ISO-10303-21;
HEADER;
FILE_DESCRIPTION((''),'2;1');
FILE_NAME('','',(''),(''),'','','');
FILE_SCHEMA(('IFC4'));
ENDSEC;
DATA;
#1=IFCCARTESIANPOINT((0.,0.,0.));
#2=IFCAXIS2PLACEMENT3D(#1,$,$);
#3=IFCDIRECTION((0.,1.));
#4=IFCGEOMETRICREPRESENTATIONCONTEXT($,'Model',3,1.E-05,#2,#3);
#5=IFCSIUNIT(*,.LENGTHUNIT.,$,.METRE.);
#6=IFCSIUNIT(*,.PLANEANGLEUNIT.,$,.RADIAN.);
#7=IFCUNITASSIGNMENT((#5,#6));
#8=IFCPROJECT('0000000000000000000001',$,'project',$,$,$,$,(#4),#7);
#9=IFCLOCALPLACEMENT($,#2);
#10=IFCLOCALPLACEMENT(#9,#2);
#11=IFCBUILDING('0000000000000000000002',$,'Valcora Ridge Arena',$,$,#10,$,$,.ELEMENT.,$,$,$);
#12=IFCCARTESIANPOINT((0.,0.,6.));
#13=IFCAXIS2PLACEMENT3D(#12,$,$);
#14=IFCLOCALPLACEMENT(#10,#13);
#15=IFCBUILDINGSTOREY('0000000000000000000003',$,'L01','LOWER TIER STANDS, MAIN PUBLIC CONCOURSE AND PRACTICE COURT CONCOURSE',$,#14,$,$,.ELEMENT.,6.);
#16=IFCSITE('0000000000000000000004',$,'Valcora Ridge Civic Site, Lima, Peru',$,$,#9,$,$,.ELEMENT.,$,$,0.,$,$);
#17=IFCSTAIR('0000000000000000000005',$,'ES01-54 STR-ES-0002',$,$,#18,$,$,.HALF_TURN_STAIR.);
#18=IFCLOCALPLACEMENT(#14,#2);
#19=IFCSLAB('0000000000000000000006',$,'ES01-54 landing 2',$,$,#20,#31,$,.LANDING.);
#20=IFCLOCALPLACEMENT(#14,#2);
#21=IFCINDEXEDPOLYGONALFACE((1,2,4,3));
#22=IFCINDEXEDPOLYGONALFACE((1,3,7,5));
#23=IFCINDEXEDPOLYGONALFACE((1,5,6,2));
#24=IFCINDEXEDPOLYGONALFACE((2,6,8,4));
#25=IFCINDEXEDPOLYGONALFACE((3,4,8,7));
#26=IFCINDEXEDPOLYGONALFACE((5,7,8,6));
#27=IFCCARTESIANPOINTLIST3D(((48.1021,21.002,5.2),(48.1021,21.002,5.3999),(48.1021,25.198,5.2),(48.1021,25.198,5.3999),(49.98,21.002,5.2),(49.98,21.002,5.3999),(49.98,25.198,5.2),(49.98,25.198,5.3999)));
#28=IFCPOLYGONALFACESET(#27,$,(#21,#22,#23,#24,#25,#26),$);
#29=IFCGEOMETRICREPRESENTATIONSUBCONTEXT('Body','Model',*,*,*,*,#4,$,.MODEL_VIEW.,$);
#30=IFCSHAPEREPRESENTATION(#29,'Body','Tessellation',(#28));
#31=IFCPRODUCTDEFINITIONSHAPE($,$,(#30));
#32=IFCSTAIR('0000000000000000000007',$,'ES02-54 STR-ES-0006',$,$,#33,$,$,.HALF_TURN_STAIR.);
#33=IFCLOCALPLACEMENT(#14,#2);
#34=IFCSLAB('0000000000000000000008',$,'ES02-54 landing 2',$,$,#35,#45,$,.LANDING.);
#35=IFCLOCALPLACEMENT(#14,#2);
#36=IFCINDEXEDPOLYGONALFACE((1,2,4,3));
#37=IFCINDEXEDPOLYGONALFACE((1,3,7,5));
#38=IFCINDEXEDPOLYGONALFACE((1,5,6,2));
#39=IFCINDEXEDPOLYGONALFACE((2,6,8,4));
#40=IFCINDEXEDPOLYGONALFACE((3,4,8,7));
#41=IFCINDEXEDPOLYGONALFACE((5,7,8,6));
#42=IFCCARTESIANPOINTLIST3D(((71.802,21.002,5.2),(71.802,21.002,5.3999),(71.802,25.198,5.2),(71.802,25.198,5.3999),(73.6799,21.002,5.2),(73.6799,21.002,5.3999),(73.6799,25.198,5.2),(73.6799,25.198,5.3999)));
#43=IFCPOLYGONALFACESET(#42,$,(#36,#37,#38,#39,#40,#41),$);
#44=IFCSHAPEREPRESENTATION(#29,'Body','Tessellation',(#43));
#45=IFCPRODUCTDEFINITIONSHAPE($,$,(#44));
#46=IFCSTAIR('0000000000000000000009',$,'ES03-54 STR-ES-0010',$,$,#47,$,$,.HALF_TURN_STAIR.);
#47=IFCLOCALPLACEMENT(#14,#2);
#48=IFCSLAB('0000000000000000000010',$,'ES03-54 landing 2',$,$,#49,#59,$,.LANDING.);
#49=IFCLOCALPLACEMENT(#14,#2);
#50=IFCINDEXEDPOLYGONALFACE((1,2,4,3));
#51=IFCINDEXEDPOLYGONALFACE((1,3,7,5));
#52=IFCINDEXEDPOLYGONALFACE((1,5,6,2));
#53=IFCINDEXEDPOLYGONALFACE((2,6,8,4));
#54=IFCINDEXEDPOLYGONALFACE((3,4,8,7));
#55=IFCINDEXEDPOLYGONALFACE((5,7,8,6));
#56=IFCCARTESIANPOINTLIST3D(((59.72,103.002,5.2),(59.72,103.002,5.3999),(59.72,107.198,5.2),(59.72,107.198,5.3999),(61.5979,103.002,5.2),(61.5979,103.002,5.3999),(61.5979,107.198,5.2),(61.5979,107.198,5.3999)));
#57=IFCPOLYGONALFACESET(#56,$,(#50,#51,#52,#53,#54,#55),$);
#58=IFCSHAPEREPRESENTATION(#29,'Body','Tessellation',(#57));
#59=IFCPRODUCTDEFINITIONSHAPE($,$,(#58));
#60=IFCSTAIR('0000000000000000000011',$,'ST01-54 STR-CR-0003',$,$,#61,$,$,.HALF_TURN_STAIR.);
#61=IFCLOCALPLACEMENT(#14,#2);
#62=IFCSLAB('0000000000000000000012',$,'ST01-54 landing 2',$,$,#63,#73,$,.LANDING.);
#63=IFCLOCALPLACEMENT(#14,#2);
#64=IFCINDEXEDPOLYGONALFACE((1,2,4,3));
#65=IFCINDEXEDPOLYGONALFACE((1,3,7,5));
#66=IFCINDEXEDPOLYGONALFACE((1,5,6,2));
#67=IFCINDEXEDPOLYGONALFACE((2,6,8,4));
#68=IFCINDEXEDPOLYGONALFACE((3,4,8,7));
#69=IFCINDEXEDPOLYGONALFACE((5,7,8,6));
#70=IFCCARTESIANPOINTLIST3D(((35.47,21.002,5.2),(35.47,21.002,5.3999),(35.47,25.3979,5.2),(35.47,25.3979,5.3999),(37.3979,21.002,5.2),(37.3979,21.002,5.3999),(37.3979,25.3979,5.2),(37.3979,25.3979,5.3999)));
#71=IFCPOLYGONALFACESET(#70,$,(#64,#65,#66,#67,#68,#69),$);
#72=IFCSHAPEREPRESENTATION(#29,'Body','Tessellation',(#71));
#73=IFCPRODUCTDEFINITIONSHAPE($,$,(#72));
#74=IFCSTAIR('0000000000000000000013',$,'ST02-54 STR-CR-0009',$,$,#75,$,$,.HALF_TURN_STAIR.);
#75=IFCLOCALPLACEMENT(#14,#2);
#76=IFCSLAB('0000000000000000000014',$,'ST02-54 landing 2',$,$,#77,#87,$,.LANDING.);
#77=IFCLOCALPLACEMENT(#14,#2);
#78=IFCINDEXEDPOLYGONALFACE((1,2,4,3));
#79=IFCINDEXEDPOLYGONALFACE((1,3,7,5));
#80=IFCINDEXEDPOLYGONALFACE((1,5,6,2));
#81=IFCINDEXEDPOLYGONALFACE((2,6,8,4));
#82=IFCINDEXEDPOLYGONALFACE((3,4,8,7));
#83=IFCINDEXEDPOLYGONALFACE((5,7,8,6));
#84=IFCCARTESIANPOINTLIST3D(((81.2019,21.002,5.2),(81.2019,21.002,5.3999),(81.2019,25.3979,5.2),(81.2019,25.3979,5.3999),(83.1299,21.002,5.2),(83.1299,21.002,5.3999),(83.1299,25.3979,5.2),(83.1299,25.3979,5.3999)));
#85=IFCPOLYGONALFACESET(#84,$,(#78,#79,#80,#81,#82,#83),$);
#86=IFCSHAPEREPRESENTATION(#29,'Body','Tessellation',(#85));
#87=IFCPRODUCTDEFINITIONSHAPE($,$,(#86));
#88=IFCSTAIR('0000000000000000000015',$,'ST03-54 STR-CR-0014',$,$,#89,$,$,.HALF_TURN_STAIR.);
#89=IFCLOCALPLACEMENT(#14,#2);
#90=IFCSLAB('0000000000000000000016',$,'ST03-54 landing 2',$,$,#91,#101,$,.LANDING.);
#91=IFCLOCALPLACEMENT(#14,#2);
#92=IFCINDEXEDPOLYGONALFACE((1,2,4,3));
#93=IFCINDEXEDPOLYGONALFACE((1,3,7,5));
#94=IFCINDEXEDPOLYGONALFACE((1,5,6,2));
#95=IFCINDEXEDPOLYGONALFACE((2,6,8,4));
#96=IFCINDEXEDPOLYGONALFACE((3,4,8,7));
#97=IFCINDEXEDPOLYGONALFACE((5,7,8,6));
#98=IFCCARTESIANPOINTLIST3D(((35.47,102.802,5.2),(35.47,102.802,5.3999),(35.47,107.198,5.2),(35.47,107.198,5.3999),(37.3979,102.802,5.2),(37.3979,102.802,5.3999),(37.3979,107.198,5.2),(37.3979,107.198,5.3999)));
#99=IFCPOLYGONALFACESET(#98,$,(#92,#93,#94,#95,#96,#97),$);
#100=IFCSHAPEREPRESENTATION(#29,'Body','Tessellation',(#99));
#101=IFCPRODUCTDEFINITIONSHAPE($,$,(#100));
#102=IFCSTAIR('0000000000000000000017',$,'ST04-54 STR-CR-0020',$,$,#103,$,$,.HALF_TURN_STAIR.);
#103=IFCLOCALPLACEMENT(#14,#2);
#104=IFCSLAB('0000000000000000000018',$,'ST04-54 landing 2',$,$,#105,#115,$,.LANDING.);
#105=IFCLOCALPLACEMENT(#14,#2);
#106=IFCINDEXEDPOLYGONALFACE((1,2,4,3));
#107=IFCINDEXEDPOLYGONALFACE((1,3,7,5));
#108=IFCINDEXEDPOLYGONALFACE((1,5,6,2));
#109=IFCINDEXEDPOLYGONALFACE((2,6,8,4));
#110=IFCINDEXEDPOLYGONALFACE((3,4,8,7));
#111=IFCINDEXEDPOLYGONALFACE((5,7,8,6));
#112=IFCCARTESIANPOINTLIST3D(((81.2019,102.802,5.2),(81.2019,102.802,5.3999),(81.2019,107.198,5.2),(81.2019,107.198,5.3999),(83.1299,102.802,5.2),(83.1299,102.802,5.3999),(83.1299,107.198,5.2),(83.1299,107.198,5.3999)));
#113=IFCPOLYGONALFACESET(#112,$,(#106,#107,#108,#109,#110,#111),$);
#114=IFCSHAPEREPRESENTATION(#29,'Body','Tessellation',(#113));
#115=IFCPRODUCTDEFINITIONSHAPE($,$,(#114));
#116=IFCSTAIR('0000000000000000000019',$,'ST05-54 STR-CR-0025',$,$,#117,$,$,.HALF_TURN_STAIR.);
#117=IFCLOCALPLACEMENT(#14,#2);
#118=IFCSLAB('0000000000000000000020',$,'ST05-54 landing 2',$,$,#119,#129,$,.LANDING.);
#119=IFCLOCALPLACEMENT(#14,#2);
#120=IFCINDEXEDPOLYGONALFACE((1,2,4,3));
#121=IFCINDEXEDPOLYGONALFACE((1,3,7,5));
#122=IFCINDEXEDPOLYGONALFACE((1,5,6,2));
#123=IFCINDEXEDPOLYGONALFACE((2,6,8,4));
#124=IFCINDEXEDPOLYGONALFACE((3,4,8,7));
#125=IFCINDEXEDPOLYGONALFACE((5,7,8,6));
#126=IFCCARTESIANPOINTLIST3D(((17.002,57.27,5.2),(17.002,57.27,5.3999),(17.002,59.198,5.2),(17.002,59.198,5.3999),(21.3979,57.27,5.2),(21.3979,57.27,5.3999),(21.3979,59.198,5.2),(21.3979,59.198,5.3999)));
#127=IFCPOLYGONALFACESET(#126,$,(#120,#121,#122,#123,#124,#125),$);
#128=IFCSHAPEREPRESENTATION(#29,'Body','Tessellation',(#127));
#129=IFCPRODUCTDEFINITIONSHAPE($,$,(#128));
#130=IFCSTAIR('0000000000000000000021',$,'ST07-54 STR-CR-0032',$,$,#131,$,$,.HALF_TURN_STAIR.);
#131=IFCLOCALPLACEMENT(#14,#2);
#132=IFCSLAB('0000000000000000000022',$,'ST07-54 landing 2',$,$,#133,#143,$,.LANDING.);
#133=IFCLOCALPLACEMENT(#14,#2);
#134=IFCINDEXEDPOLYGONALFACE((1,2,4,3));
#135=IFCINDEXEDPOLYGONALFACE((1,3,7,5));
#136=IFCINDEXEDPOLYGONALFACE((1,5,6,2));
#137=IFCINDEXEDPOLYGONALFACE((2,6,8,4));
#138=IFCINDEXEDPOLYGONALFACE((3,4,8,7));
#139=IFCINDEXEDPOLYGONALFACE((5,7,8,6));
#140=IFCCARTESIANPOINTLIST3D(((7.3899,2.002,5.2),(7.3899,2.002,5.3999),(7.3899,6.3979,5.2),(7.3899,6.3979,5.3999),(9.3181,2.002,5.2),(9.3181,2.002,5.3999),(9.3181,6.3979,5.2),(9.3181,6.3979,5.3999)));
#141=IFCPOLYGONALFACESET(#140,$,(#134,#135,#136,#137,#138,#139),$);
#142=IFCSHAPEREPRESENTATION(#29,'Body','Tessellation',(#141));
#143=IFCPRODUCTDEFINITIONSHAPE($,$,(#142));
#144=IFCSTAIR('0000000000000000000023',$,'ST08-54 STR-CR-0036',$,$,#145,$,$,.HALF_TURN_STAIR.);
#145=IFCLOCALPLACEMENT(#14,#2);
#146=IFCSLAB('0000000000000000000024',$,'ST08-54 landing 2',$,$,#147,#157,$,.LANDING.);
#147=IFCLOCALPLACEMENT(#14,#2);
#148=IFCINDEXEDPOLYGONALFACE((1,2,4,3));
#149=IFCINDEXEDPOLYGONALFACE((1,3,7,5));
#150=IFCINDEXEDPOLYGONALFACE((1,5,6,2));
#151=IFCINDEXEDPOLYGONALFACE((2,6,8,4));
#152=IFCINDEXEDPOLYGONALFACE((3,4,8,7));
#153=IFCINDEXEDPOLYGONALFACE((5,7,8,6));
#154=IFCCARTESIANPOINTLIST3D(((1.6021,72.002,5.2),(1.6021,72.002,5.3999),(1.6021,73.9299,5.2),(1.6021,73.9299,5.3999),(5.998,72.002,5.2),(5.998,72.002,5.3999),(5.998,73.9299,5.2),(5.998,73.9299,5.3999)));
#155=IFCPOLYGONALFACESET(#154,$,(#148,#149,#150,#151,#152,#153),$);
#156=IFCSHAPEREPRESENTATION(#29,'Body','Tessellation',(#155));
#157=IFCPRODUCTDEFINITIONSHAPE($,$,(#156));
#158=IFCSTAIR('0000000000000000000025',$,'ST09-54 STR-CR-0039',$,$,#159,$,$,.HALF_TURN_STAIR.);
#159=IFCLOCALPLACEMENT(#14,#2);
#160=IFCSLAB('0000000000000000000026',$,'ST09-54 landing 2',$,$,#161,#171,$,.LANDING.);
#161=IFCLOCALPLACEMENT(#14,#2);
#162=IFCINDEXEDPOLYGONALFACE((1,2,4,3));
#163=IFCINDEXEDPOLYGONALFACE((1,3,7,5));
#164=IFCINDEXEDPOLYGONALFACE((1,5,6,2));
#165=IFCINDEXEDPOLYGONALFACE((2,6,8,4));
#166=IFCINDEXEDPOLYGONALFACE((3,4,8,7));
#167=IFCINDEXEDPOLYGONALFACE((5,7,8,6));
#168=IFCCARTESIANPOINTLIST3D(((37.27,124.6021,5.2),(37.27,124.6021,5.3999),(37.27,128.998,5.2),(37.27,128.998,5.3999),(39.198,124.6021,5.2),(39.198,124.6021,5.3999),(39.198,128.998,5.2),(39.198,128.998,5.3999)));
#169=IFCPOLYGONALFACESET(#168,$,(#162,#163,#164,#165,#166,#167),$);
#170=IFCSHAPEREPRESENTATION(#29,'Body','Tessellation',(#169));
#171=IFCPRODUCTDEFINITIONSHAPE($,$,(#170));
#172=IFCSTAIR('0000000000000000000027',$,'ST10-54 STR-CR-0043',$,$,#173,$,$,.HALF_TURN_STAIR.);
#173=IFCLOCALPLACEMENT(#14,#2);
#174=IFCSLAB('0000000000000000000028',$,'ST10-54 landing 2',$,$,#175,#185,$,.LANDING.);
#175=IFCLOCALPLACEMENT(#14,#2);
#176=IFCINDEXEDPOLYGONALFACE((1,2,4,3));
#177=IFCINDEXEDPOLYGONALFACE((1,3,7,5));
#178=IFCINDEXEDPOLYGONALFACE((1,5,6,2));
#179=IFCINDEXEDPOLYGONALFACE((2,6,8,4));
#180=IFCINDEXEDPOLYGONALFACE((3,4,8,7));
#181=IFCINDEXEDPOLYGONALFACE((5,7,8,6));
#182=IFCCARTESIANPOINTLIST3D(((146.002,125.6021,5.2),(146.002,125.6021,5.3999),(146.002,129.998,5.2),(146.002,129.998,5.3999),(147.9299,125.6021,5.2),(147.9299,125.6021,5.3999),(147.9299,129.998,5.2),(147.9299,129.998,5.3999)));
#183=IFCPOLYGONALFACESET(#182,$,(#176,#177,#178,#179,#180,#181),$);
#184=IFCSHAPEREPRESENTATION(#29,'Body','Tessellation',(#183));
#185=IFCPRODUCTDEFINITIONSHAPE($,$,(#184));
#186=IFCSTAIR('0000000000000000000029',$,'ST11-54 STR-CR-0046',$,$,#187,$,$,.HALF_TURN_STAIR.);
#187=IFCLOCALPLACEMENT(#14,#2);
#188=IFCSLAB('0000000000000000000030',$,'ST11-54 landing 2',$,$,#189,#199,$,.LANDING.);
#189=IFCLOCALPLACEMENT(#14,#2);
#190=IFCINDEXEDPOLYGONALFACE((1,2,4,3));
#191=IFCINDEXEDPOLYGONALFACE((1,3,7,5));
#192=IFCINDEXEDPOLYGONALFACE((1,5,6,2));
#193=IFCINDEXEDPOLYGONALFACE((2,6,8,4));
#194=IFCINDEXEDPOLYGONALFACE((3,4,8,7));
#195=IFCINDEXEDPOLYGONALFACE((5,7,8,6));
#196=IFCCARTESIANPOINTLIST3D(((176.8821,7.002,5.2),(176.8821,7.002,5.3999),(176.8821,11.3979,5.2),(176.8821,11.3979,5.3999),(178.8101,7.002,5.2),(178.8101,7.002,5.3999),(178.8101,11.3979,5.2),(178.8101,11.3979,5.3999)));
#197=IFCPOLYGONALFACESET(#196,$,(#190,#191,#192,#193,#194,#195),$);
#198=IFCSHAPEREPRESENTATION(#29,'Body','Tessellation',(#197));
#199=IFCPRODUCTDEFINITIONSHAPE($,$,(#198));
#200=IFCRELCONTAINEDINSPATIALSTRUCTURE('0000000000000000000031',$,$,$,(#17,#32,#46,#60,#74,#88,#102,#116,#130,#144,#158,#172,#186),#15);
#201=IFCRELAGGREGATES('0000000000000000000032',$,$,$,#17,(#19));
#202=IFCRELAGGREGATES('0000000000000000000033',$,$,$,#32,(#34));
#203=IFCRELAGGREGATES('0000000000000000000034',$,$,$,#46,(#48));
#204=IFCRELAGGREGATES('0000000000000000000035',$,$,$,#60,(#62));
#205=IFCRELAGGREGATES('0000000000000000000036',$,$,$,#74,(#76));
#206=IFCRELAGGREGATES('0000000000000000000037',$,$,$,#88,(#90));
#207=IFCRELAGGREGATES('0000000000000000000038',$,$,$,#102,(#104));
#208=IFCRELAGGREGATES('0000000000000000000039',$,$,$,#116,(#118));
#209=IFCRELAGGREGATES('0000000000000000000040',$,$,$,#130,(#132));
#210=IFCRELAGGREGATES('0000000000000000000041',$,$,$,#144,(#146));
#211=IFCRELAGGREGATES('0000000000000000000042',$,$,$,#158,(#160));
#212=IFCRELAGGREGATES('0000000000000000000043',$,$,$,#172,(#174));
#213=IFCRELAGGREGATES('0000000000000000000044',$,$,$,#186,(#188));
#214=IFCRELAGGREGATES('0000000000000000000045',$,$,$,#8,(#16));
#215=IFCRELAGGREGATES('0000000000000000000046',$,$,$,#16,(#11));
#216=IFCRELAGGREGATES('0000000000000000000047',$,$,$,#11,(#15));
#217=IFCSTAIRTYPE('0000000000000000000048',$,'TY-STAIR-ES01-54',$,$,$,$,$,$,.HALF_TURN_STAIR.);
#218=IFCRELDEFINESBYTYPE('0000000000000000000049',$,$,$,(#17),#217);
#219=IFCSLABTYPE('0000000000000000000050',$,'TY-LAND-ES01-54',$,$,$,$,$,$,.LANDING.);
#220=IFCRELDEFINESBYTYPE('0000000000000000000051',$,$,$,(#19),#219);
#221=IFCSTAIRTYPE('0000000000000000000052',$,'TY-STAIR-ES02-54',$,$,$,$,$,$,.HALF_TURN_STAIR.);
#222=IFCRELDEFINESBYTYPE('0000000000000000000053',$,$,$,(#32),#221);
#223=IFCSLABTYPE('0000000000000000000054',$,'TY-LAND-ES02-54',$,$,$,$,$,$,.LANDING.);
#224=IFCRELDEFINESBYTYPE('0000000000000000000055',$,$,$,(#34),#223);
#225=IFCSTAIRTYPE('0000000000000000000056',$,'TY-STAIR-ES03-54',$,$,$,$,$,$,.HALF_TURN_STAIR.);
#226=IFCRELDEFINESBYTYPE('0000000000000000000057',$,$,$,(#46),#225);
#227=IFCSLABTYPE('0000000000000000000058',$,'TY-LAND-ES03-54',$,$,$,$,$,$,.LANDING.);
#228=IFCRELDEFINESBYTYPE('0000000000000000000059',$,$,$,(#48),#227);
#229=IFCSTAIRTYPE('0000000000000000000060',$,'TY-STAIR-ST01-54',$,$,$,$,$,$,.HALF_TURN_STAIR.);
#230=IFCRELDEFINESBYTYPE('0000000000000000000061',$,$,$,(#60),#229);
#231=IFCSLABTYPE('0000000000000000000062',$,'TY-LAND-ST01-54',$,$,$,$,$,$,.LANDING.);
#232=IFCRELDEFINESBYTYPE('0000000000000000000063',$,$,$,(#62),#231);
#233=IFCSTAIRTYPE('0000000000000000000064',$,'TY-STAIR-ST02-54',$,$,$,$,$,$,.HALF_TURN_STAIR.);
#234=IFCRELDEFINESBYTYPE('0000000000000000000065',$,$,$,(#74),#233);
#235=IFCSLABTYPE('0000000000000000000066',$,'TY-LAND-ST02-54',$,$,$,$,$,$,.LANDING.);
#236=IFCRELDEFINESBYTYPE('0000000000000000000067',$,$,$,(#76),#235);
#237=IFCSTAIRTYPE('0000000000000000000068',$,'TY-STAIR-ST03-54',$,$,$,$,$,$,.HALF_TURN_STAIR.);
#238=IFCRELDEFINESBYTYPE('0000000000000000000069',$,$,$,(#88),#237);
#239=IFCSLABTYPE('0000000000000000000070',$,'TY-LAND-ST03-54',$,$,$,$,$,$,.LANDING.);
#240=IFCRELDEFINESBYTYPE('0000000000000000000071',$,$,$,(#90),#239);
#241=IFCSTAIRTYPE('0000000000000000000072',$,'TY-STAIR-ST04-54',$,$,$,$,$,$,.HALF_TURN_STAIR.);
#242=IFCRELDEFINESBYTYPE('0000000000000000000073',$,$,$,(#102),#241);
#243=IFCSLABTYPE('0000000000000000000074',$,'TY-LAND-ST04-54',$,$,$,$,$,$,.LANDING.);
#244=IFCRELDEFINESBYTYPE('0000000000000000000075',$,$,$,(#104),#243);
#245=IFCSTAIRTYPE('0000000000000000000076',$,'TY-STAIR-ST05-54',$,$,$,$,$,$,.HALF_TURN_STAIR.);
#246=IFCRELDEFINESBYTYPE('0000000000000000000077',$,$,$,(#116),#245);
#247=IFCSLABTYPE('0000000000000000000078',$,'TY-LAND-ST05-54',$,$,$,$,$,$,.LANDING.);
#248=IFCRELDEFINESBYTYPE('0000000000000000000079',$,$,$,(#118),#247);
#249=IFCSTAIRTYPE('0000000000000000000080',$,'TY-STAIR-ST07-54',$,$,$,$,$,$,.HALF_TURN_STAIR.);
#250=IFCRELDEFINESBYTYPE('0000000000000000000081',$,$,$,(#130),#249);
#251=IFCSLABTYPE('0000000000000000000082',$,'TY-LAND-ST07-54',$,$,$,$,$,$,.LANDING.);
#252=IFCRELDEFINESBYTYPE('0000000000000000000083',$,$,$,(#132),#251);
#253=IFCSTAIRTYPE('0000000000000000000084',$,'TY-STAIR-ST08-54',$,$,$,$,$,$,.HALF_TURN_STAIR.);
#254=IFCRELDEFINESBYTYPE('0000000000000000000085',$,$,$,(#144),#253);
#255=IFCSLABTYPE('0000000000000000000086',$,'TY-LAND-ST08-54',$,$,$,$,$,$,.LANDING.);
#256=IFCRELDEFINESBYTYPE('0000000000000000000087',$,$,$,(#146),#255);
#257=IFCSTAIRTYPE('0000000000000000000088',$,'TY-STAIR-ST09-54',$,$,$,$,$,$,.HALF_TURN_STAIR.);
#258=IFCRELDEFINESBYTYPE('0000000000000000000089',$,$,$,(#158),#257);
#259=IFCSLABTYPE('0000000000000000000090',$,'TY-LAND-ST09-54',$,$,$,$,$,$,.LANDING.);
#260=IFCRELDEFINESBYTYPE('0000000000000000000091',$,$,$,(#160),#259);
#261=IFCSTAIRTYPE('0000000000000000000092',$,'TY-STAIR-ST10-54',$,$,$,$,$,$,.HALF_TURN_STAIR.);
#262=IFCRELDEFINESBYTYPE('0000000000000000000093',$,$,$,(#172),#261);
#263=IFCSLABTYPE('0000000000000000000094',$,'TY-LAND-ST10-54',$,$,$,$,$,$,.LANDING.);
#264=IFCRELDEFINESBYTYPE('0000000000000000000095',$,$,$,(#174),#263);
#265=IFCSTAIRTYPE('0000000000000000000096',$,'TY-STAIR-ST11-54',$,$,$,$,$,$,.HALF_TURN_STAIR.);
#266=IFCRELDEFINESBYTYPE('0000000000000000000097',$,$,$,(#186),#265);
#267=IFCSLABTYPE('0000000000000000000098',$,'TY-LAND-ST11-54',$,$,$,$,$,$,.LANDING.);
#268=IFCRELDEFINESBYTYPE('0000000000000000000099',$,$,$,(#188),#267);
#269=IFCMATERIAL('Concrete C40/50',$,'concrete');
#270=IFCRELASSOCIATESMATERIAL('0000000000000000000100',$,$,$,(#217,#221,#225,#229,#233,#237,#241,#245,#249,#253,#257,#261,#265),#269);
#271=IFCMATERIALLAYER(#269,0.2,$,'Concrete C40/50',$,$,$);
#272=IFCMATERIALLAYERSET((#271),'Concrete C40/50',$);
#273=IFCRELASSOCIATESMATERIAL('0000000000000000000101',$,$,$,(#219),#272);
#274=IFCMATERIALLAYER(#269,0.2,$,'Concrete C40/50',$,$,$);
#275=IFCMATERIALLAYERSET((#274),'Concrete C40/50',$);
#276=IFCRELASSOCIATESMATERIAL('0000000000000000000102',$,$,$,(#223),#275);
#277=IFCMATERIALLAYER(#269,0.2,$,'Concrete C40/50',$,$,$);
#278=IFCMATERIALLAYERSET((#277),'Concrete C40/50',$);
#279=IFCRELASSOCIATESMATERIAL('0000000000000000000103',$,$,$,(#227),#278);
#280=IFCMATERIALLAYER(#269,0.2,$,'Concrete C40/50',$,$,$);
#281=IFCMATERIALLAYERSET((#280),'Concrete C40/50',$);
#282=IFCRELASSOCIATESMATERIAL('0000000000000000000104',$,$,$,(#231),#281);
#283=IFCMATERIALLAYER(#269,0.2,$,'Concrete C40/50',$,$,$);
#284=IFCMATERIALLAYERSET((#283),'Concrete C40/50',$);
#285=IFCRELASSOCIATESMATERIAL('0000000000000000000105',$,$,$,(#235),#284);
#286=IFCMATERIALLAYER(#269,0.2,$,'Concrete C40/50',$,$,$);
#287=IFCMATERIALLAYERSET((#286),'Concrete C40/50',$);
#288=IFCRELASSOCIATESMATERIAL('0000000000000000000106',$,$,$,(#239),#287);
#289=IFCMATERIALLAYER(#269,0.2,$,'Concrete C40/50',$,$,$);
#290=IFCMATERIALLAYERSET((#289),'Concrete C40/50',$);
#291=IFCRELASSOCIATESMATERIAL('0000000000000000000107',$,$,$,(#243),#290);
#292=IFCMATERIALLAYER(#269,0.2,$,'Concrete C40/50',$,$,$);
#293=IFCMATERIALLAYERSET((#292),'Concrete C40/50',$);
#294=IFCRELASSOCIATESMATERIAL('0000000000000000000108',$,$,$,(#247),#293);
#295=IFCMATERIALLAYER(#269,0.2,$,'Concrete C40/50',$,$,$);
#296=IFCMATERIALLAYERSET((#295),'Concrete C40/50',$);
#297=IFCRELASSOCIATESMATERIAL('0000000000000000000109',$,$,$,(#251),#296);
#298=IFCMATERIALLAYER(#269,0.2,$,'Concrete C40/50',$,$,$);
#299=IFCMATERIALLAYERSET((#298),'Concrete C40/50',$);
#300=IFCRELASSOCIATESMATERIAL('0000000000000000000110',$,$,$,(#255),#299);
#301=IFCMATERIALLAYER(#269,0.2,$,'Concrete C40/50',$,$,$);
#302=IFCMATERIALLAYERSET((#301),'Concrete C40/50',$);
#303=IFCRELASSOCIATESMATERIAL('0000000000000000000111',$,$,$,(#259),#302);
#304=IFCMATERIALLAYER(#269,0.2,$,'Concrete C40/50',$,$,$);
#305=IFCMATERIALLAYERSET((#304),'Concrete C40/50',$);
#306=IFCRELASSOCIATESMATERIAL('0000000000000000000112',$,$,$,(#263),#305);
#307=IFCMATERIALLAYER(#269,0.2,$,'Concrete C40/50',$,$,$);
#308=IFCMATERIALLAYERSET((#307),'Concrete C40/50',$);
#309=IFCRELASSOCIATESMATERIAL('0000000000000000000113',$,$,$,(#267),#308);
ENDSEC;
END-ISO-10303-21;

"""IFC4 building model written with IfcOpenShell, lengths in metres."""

from ifc_helpers import new_model, si_unit, direction, frame, origin, place, context, subcontext, project, spatial, polyline, outline, extrude, material, layer, layer_set, type_object, element, aggregate, save


model = new_model("IFC4")

# Units and contexts
model_context = context("Model", 3, precision=1e-05, world=origin(), true_north=direction((0.0, 1.0)))
body_context = subcontext(model_context, "Body", "Model", "MODEL_VIEW")
ifc_project = project(units=[si_unit("LENGTHUNIT", "METRE"), si_unit("PLANEANGLEUNIT", "RADIAN")], contexts=[model_context])

# Site, building, storey
site_placement = place(None, origin())
site = spatial("IfcSite", under=ifc_project, at=site_placement, Name="Valcora Ridge Civic Site, Lima, Peru", CompositionType="ELEMENT", RefElevation=0.0)
building_placement = place(site_placement, origin())
building = spatial("IfcBuilding", under=site, at=building_placement, Name="Valcora Ridge Arena", CompositionType="ELEMENT")
storey_placement = place(building_placement, frame((0.0, 0.0, 6.0)))
storey = spatial("IfcBuildingStorey", under=building, at=storey_placement, Name="L01", Description="LOWER TIER STANDS, MAIN PUBLIC CONCOURSE AND PRACTICE COURT CONCOURSE", CompositionType="ELEMENT", Elevation=6.0)

# Stairs, slabs
ifc_material_1 = material(Name="Concrete C40/50", Category="concrete")
stair_type_1 = type_object("IfcStairType", Name="TY-STAIR-ES01-54", PredefinedType="HALF_TURN_STAIR", material=ifc_material_1)
stair_1_placement = place(storey_placement, origin())
stair_1 = element("IfcStair", 1, at=stair_1_placement, inside=storey, type_object=stair_type_1, Name="ES01-54 STR-ES-0002", PredefinedType="HALF_TURN_STAIR")
ifc_layer_1 = layer(ifc_material_1, 0.2, Name="Concrete C40/50")
ifc_layer_set_1 = layer_set([ifc_layer_1], Name="Concrete C40/50")
slab_type_1 = type_object("IfcSlabType", Name="TY-LAND-ES01-54", PredefinedType="LANDING", material=ifc_layer_set_1)
slab_1_placement = place(storey_placement, frame((0.0, 0.0, 5.2)))
slab_1 = element("IfcSlab", 2, at=slab_1_placement, type_object=slab_type_1, Name="ES01-54 landing 2", PredefinedType="LANDING", context=body_context, shape_type="SweptSolid", body=[
    extrude(outline(polyline([(48.1021, 21.002), (49.98, 21.002), (49.98, 25.198), (48.1021, 25.198), (48.1021, 21.002)])), origin(), (0.0, 0.0, 1.0), 0.2),
])
aggregate(stair_1, [slab_1])
stair_type_2 = type_object("IfcStairType", Name="TY-STAIR-ES02-54", PredefinedType="HALF_TURN_STAIR", material=ifc_material_1)
stair_2_placement = place(storey_placement, origin())
stair_2 = element("IfcStair", 3, at=stair_2_placement, inside=storey, type_object=stair_type_2, Name="ES02-54 STR-ES-0006", PredefinedType="HALF_TURN_STAIR")
ifc_layer_2 = layer(ifc_material_1, 0.2, Name="Concrete C40/50")
ifc_layer_set_2 = layer_set([ifc_layer_2], Name="Concrete C40/50")
slab_type_2 = type_object("IfcSlabType", Name="TY-LAND-ES02-54", PredefinedType="LANDING", material=ifc_layer_set_2)
slab_2_placement = place(storey_placement, frame((0.0, 0.0, 5.2)))
slab_2 = element("IfcSlab", 4, at=slab_2_placement, type_object=slab_type_2, Name="ES02-54 landing 2", PredefinedType="LANDING", context=body_context, shape_type="SweptSolid", body=[
    extrude(outline(polyline([(71.802, 21.002), (73.6799, 21.002), (73.6799, 25.198), (71.802, 25.198), (71.802, 21.002)])), origin(), (0.0, 0.0, 1.0), 0.2),
])
aggregate(stair_2, [slab_2])
stair_type_3 = type_object("IfcStairType", Name="TY-STAIR-ES03-54", PredefinedType="HALF_TURN_STAIR", material=ifc_material_1)
stair_3_placement = place(storey_placement, origin())
stair_3 = element("IfcStair", 5, at=stair_3_placement, inside=storey, type_object=stair_type_3, Name="ES03-54 STR-ES-0010", PredefinedType="HALF_TURN_STAIR")
ifc_layer_3 = layer(ifc_material_1, 0.2, Name="Concrete C40/50")
ifc_layer_set_3 = layer_set([ifc_layer_3], Name="Concrete C40/50")
slab_type_3 = type_object("IfcSlabType", Name="TY-LAND-ES03-54", PredefinedType="LANDING", material=ifc_layer_set_3)
slab_3_placement = place(storey_placement, frame((0.0, 0.0, 5.2)))
slab_3 = element("IfcSlab", 6, at=slab_3_placement, type_object=slab_type_3, Name="ES03-54 landing 2", PredefinedType="LANDING", context=body_context, shape_type="SweptSolid", body=[
    extrude(outline(polyline([(59.72, 103.002), (61.5979, 103.002), (61.5979, 107.198), (59.72, 107.198), (59.72, 103.002)])), origin(), (0.0, 0.0, 1.0), 0.2),
])
aggregate(stair_3, [slab_3])
stair_type_4 = type_object("IfcStairType", Name="TY-STAIR-ST01-54", PredefinedType="HALF_TURN_STAIR", material=ifc_material_1)
stair_4_placement = place(storey_placement, origin())
stair_4 = element("IfcStair", 7, at=stair_4_placement, inside=storey, type_object=stair_type_4, Name="ST01-54 STR-CR-0003", PredefinedType="HALF_TURN_STAIR")
ifc_layer_4 = layer(ifc_material_1, 0.2, Name="Concrete C40/50")
ifc_layer_set_4 = layer_set([ifc_layer_4], Name="Concrete C40/50")
slab_type_4 = type_object("IfcSlabType", Name="TY-LAND-ST01-54", PredefinedType="LANDING", material=ifc_layer_set_4)
slab_4_placement = place(storey_placement, frame((0.0, 0.0, 5.2)))
slab_4 = element("IfcSlab", 8, at=slab_4_placement, type_object=slab_type_4, Name="ST01-54 landing 2", PredefinedType="LANDING", context=body_context, shape_type="SweptSolid", body=[
    extrude(outline(polyline([(35.47, 21.002), (37.3979, 21.002), (37.3979, 25.3979), (35.47, 25.3979), (35.47, 21.002)])), origin(), (0.0, 0.0, 1.0), 0.2),
])
aggregate(stair_4, [slab_4])
stair_type_5 = type_object("IfcStairType", Name="TY-STAIR-ST02-54", PredefinedType="HALF_TURN_STAIR", material=ifc_material_1)
stair_5_placement = place(storey_placement, origin())
stair_5 = element("IfcStair", 9, at=stair_5_placement, inside=storey, type_object=stair_type_5, Name="ST02-54 STR-CR-0009", PredefinedType="HALF_TURN_STAIR")
ifc_layer_5 = layer(ifc_material_1, 0.2, Name="Concrete C40/50")
ifc_layer_set_5 = layer_set([ifc_layer_5], Name="Concrete C40/50")
slab_type_5 = type_object("IfcSlabType", Name="TY-LAND-ST02-54", PredefinedType="LANDING", material=ifc_layer_set_5)
slab_5_placement = place(storey_placement, frame((0.0, 0.0, 5.2)))
slab_5 = element("IfcSlab", 10, at=slab_5_placement, type_object=slab_type_5, Name="ST02-54 landing 2", PredefinedType="LANDING", context=body_context, shape_type="SweptSolid", body=[
    extrude(outline(polyline([(81.2019, 21.002), (83.1299, 21.002), (83.1299, 25.3979), (81.2019, 25.3979), (81.2019, 21.002)])), origin(), (0.0, 0.0, 1.0), 0.2),
])
aggregate(stair_5, [slab_5])
stair_type_6 = type_object("IfcStairType", Name="TY-STAIR-ST03-54", PredefinedType="HALF_TURN_STAIR", material=ifc_material_1)
stair_6_placement = place(storey_placement, origin())
stair_6 = element("IfcStair", 11, at=stair_6_placement, inside=storey, type_object=stair_type_6, Name="ST03-54 STR-CR-0014", PredefinedType="HALF_TURN_STAIR")
ifc_layer_6 = layer(ifc_material_1, 0.2, Name="Concrete C40/50")
ifc_layer_set_6 = layer_set([ifc_layer_6], Name="Concrete C40/50")
slab_type_6 = type_object("IfcSlabType", Name="TY-LAND-ST03-54", PredefinedType="LANDING", material=ifc_layer_set_6)
slab_6_placement = place(storey_placement, frame((0.0, 0.0, 5.2)))
slab_6 = element("IfcSlab", 12, at=slab_6_placement, type_object=slab_type_6, Name="ST03-54 landing 2", PredefinedType="LANDING", context=body_context, shape_type="SweptSolid", body=[
    extrude(outline(polyline([(35.47, 102.802), (37.3979, 102.802), (37.3979, 107.198), (35.47, 107.198), (35.47, 102.802)])), origin(), (0.0, 0.0, 1.0), 0.2),
])
aggregate(stair_6, [slab_6])
stair_type_7 = type_object("IfcStairType", Name="TY-STAIR-ST04-54", PredefinedType="HALF_TURN_STAIR", material=ifc_material_1)
stair_7_placement = place(storey_placement, origin())
stair_7 = element("IfcStair", 13, at=stair_7_placement, inside=storey, type_object=stair_type_7, Name="ST04-54 STR-CR-0020", PredefinedType="HALF_TURN_STAIR")
ifc_layer_7 = layer(ifc_material_1, 0.2, Name="Concrete C40/50")
ifc_layer_set_7 = layer_set([ifc_layer_7], Name="Concrete C40/50")
slab_type_7 = type_object("IfcSlabType", Name="TY-LAND-ST04-54", PredefinedType="LANDING", material=ifc_layer_set_7)
slab_7_placement = place(storey_placement, frame((0.0, 0.0, 5.2)))
slab_7 = element("IfcSlab", 14, at=slab_7_placement, type_object=slab_type_7, Name="ST04-54 landing 2", PredefinedType="LANDING", context=body_context, shape_type="SweptSolid", body=[
    extrude(outline(polyline([(81.2019, 102.802), (83.1299, 102.802), (83.1299, 107.198), (81.2019, 107.198), (81.2019, 102.802)])), origin(), (0.0, 0.0, 1.0), 0.2),
])
aggregate(stair_7, [slab_7])
stair_type_8 = type_object("IfcStairType", Name="TY-STAIR-ST05-54", PredefinedType="HALF_TURN_STAIR", material=ifc_material_1)
stair_8_placement = place(storey_placement, origin())
stair_8 = element("IfcStair", 15, at=stair_8_placement, inside=storey, type_object=stair_type_8, Name="ST05-54 STR-CR-0025", PredefinedType="HALF_TURN_STAIR")
ifc_layer_8 = layer(ifc_material_1, 0.2, Name="Concrete C40/50")
ifc_layer_set_8 = layer_set([ifc_layer_8], Name="Concrete C40/50")
slab_type_8 = type_object("IfcSlabType", Name="TY-LAND-ST05-54", PredefinedType="LANDING", material=ifc_layer_set_8)
slab_8_placement = place(storey_placement, frame((0.0, 0.0, 5.2)))
slab_8 = element("IfcSlab", 16, at=slab_8_placement, type_object=slab_type_8, Name="ST05-54 landing 2", PredefinedType="LANDING", context=body_context, shape_type="SweptSolid", body=[
    extrude(outline(polyline([(17.002, 57.27), (21.3979, 57.27), (21.3979, 59.198), (17.002, 59.198), (17.002, 57.27)])), origin(), (0.0, 0.0, 1.0), 0.2),
])
aggregate(stair_8, [slab_8])
stair_type_9 = type_object("IfcStairType", Name="TY-STAIR-ST07-54", PredefinedType="HALF_TURN_STAIR", material=ifc_material_1)
stair_9_placement = place(storey_placement, origin())
stair_9 = element("IfcStair", 17, at=stair_9_placement, inside=storey, type_object=stair_type_9, Name="ST07-54 STR-CR-0032", PredefinedType="HALF_TURN_STAIR")
ifc_layer_9 = layer(ifc_material_1, 0.2, Name="Concrete C40/50")
ifc_layer_set_9 = layer_set([ifc_layer_9], Name="Concrete C40/50")
slab_type_9 = type_object("IfcSlabType", Name="TY-LAND-ST07-54", PredefinedType="LANDING", material=ifc_layer_set_9)
slab_9_placement = place(storey_placement, frame((0.0, 0.0, 5.2)))
slab_9 = element("IfcSlab", 18, at=slab_9_placement, type_object=slab_type_9, Name="ST07-54 landing 2", PredefinedType="LANDING", context=body_context, shape_type="SweptSolid", body=[
    extrude(outline(polyline([(7.3899, 2.002), (9.3181, 2.002), (9.3181, 6.3979), (7.3899, 6.3979), (7.3899, 2.002)])), origin(), (0.0, 0.0, 1.0), 0.2),
])
aggregate(stair_9, [slab_9])
stair_type_10 = type_object("IfcStairType", Name="TY-STAIR-ST08-54", PredefinedType="HALF_TURN_STAIR", material=ifc_material_1)
stair_10_placement = place(storey_placement, origin())
stair_10 = element("IfcStair", 19, at=stair_10_placement, inside=storey, type_object=stair_type_10, Name="ST08-54 STR-CR-0036", PredefinedType="HALF_TURN_STAIR")
ifc_layer_10 = layer(ifc_material_1, 0.2, Name="Concrete C40/50")
ifc_layer_set_10 = layer_set([ifc_layer_10], Name="Concrete C40/50")
slab_type_10 = type_object("IfcSlabType", Name="TY-LAND-ST08-54", PredefinedType="LANDING", material=ifc_layer_set_10)
slab_10_placement = place(storey_placement, frame((0.0, 0.0, 5.2)))
slab_10 = element("IfcSlab", 20, at=slab_10_placement, type_object=slab_type_10, Name="ST08-54 landing 2", PredefinedType="LANDING", context=body_context, shape_type="SweptSolid", body=[
    extrude(outline(polyline([(1.6021, 72.002), (5.998, 72.002), (5.998, 73.9299), (1.6021, 73.9299), (1.6021, 72.002)])), origin(), (0.0, 0.0, 1.0), 0.2),
])
aggregate(stair_10, [slab_10])
stair_type_11 = type_object("IfcStairType", Name="TY-STAIR-ST09-54", PredefinedType="HALF_TURN_STAIR", material=ifc_material_1)
stair_11_placement = place(storey_placement, origin())
stair_11 = element("IfcStair", 21, at=stair_11_placement, inside=storey, type_object=stair_type_11, Name="ST09-54 STR-CR-0039", PredefinedType="HALF_TURN_STAIR")
ifc_layer_11 = layer(ifc_material_1, 0.2, Name="Concrete C40/50")
ifc_layer_set_11 = layer_set([ifc_layer_11], Name="Concrete C40/50")
slab_type_11 = type_object("IfcSlabType", Name="TY-LAND-ST09-54", PredefinedType="LANDING", material=ifc_layer_set_11)
slab_11_placement = place(storey_placement, frame((0.0, 0.0, 5.2)))
slab_11 = element("IfcSlab", 22, at=slab_11_placement, type_object=slab_type_11, Name="ST09-54 landing 2", PredefinedType="LANDING", context=body_context, shape_type="SweptSolid", body=[
    extrude(outline(polyline([(37.27, 124.6021), (39.198, 124.6021), (39.198, 128.998), (37.27, 128.998), (37.27, 124.6021)])), origin(), (0.0, 0.0, 1.0), 0.2),
])
aggregate(stair_11, [slab_11])
stair_type_12 = type_object("IfcStairType", Name="TY-STAIR-ST10-54", PredefinedType="HALF_TURN_STAIR", material=ifc_material_1)
stair_12_placement = place(storey_placement, origin())
stair_12 = element("IfcStair", 23, at=stair_12_placement, inside=storey, type_object=stair_type_12, Name="ST10-54 STR-CR-0043", PredefinedType="HALF_TURN_STAIR")
ifc_layer_12 = layer(ifc_material_1, 0.2, Name="Concrete C40/50")
ifc_layer_set_12 = layer_set([ifc_layer_12], Name="Concrete C40/50")
slab_type_12 = type_object("IfcSlabType", Name="TY-LAND-ST10-54", PredefinedType="LANDING", material=ifc_layer_set_12)
slab_12_placement = place(storey_placement, frame((0.0, 0.0, 5.2)))
slab_12 = element("IfcSlab", 24, at=slab_12_placement, type_object=slab_type_12, Name="ST10-54 landing 2", PredefinedType="LANDING", context=body_context, shape_type="SweptSolid", body=[
    extrude(outline(polyline([(146.002, 125.6021), (147.9299, 125.6021), (147.9299, 129.998), (146.002, 129.998), (146.002, 125.6021)])), origin(), (0.0, 0.0, 1.0), 0.2),
])
aggregate(stair_12, [slab_12])
stair_type_13 = type_object("IfcStairType", Name="TY-STAIR-ST11-54", PredefinedType="HALF_TURN_STAIR", material=ifc_material_1)
stair_13_placement = place(storey_placement, origin())
stair_13 = element("IfcStair", 25, at=stair_13_placement, inside=storey, type_object=stair_type_13, Name="ST11-54 STR-CR-0046", PredefinedType="HALF_TURN_STAIR")
ifc_layer_13 = layer(ifc_material_1, 0.2, Name="Concrete C40/50")
ifc_layer_set_13 = layer_set([ifc_layer_13], Name="Concrete C40/50")
slab_type_13 = type_object("IfcSlabType", Name="TY-LAND-ST11-54", PredefinedType="LANDING", material=ifc_layer_set_13)
slab_13_placement = place(storey_placement, frame((0.0, 0.0, 5.2)))
slab_13 = element("IfcSlab", 26, at=slab_13_placement, type_object=slab_type_13, Name="ST11-54 landing 2", PredefinedType="LANDING", context=body_context, shape_type="SweptSolid", body=[
    extrude(outline(polyline([(176.8821, 7.002), (178.8101, 7.002), (178.8101, 11.3979), (176.8821, 11.3979), (176.8821, 7.002)])), origin(), (0.0, 0.0, 1.0), 0.2),
])
aggregate(stair_13, [slab_13])

save(model, "model.ifc")
